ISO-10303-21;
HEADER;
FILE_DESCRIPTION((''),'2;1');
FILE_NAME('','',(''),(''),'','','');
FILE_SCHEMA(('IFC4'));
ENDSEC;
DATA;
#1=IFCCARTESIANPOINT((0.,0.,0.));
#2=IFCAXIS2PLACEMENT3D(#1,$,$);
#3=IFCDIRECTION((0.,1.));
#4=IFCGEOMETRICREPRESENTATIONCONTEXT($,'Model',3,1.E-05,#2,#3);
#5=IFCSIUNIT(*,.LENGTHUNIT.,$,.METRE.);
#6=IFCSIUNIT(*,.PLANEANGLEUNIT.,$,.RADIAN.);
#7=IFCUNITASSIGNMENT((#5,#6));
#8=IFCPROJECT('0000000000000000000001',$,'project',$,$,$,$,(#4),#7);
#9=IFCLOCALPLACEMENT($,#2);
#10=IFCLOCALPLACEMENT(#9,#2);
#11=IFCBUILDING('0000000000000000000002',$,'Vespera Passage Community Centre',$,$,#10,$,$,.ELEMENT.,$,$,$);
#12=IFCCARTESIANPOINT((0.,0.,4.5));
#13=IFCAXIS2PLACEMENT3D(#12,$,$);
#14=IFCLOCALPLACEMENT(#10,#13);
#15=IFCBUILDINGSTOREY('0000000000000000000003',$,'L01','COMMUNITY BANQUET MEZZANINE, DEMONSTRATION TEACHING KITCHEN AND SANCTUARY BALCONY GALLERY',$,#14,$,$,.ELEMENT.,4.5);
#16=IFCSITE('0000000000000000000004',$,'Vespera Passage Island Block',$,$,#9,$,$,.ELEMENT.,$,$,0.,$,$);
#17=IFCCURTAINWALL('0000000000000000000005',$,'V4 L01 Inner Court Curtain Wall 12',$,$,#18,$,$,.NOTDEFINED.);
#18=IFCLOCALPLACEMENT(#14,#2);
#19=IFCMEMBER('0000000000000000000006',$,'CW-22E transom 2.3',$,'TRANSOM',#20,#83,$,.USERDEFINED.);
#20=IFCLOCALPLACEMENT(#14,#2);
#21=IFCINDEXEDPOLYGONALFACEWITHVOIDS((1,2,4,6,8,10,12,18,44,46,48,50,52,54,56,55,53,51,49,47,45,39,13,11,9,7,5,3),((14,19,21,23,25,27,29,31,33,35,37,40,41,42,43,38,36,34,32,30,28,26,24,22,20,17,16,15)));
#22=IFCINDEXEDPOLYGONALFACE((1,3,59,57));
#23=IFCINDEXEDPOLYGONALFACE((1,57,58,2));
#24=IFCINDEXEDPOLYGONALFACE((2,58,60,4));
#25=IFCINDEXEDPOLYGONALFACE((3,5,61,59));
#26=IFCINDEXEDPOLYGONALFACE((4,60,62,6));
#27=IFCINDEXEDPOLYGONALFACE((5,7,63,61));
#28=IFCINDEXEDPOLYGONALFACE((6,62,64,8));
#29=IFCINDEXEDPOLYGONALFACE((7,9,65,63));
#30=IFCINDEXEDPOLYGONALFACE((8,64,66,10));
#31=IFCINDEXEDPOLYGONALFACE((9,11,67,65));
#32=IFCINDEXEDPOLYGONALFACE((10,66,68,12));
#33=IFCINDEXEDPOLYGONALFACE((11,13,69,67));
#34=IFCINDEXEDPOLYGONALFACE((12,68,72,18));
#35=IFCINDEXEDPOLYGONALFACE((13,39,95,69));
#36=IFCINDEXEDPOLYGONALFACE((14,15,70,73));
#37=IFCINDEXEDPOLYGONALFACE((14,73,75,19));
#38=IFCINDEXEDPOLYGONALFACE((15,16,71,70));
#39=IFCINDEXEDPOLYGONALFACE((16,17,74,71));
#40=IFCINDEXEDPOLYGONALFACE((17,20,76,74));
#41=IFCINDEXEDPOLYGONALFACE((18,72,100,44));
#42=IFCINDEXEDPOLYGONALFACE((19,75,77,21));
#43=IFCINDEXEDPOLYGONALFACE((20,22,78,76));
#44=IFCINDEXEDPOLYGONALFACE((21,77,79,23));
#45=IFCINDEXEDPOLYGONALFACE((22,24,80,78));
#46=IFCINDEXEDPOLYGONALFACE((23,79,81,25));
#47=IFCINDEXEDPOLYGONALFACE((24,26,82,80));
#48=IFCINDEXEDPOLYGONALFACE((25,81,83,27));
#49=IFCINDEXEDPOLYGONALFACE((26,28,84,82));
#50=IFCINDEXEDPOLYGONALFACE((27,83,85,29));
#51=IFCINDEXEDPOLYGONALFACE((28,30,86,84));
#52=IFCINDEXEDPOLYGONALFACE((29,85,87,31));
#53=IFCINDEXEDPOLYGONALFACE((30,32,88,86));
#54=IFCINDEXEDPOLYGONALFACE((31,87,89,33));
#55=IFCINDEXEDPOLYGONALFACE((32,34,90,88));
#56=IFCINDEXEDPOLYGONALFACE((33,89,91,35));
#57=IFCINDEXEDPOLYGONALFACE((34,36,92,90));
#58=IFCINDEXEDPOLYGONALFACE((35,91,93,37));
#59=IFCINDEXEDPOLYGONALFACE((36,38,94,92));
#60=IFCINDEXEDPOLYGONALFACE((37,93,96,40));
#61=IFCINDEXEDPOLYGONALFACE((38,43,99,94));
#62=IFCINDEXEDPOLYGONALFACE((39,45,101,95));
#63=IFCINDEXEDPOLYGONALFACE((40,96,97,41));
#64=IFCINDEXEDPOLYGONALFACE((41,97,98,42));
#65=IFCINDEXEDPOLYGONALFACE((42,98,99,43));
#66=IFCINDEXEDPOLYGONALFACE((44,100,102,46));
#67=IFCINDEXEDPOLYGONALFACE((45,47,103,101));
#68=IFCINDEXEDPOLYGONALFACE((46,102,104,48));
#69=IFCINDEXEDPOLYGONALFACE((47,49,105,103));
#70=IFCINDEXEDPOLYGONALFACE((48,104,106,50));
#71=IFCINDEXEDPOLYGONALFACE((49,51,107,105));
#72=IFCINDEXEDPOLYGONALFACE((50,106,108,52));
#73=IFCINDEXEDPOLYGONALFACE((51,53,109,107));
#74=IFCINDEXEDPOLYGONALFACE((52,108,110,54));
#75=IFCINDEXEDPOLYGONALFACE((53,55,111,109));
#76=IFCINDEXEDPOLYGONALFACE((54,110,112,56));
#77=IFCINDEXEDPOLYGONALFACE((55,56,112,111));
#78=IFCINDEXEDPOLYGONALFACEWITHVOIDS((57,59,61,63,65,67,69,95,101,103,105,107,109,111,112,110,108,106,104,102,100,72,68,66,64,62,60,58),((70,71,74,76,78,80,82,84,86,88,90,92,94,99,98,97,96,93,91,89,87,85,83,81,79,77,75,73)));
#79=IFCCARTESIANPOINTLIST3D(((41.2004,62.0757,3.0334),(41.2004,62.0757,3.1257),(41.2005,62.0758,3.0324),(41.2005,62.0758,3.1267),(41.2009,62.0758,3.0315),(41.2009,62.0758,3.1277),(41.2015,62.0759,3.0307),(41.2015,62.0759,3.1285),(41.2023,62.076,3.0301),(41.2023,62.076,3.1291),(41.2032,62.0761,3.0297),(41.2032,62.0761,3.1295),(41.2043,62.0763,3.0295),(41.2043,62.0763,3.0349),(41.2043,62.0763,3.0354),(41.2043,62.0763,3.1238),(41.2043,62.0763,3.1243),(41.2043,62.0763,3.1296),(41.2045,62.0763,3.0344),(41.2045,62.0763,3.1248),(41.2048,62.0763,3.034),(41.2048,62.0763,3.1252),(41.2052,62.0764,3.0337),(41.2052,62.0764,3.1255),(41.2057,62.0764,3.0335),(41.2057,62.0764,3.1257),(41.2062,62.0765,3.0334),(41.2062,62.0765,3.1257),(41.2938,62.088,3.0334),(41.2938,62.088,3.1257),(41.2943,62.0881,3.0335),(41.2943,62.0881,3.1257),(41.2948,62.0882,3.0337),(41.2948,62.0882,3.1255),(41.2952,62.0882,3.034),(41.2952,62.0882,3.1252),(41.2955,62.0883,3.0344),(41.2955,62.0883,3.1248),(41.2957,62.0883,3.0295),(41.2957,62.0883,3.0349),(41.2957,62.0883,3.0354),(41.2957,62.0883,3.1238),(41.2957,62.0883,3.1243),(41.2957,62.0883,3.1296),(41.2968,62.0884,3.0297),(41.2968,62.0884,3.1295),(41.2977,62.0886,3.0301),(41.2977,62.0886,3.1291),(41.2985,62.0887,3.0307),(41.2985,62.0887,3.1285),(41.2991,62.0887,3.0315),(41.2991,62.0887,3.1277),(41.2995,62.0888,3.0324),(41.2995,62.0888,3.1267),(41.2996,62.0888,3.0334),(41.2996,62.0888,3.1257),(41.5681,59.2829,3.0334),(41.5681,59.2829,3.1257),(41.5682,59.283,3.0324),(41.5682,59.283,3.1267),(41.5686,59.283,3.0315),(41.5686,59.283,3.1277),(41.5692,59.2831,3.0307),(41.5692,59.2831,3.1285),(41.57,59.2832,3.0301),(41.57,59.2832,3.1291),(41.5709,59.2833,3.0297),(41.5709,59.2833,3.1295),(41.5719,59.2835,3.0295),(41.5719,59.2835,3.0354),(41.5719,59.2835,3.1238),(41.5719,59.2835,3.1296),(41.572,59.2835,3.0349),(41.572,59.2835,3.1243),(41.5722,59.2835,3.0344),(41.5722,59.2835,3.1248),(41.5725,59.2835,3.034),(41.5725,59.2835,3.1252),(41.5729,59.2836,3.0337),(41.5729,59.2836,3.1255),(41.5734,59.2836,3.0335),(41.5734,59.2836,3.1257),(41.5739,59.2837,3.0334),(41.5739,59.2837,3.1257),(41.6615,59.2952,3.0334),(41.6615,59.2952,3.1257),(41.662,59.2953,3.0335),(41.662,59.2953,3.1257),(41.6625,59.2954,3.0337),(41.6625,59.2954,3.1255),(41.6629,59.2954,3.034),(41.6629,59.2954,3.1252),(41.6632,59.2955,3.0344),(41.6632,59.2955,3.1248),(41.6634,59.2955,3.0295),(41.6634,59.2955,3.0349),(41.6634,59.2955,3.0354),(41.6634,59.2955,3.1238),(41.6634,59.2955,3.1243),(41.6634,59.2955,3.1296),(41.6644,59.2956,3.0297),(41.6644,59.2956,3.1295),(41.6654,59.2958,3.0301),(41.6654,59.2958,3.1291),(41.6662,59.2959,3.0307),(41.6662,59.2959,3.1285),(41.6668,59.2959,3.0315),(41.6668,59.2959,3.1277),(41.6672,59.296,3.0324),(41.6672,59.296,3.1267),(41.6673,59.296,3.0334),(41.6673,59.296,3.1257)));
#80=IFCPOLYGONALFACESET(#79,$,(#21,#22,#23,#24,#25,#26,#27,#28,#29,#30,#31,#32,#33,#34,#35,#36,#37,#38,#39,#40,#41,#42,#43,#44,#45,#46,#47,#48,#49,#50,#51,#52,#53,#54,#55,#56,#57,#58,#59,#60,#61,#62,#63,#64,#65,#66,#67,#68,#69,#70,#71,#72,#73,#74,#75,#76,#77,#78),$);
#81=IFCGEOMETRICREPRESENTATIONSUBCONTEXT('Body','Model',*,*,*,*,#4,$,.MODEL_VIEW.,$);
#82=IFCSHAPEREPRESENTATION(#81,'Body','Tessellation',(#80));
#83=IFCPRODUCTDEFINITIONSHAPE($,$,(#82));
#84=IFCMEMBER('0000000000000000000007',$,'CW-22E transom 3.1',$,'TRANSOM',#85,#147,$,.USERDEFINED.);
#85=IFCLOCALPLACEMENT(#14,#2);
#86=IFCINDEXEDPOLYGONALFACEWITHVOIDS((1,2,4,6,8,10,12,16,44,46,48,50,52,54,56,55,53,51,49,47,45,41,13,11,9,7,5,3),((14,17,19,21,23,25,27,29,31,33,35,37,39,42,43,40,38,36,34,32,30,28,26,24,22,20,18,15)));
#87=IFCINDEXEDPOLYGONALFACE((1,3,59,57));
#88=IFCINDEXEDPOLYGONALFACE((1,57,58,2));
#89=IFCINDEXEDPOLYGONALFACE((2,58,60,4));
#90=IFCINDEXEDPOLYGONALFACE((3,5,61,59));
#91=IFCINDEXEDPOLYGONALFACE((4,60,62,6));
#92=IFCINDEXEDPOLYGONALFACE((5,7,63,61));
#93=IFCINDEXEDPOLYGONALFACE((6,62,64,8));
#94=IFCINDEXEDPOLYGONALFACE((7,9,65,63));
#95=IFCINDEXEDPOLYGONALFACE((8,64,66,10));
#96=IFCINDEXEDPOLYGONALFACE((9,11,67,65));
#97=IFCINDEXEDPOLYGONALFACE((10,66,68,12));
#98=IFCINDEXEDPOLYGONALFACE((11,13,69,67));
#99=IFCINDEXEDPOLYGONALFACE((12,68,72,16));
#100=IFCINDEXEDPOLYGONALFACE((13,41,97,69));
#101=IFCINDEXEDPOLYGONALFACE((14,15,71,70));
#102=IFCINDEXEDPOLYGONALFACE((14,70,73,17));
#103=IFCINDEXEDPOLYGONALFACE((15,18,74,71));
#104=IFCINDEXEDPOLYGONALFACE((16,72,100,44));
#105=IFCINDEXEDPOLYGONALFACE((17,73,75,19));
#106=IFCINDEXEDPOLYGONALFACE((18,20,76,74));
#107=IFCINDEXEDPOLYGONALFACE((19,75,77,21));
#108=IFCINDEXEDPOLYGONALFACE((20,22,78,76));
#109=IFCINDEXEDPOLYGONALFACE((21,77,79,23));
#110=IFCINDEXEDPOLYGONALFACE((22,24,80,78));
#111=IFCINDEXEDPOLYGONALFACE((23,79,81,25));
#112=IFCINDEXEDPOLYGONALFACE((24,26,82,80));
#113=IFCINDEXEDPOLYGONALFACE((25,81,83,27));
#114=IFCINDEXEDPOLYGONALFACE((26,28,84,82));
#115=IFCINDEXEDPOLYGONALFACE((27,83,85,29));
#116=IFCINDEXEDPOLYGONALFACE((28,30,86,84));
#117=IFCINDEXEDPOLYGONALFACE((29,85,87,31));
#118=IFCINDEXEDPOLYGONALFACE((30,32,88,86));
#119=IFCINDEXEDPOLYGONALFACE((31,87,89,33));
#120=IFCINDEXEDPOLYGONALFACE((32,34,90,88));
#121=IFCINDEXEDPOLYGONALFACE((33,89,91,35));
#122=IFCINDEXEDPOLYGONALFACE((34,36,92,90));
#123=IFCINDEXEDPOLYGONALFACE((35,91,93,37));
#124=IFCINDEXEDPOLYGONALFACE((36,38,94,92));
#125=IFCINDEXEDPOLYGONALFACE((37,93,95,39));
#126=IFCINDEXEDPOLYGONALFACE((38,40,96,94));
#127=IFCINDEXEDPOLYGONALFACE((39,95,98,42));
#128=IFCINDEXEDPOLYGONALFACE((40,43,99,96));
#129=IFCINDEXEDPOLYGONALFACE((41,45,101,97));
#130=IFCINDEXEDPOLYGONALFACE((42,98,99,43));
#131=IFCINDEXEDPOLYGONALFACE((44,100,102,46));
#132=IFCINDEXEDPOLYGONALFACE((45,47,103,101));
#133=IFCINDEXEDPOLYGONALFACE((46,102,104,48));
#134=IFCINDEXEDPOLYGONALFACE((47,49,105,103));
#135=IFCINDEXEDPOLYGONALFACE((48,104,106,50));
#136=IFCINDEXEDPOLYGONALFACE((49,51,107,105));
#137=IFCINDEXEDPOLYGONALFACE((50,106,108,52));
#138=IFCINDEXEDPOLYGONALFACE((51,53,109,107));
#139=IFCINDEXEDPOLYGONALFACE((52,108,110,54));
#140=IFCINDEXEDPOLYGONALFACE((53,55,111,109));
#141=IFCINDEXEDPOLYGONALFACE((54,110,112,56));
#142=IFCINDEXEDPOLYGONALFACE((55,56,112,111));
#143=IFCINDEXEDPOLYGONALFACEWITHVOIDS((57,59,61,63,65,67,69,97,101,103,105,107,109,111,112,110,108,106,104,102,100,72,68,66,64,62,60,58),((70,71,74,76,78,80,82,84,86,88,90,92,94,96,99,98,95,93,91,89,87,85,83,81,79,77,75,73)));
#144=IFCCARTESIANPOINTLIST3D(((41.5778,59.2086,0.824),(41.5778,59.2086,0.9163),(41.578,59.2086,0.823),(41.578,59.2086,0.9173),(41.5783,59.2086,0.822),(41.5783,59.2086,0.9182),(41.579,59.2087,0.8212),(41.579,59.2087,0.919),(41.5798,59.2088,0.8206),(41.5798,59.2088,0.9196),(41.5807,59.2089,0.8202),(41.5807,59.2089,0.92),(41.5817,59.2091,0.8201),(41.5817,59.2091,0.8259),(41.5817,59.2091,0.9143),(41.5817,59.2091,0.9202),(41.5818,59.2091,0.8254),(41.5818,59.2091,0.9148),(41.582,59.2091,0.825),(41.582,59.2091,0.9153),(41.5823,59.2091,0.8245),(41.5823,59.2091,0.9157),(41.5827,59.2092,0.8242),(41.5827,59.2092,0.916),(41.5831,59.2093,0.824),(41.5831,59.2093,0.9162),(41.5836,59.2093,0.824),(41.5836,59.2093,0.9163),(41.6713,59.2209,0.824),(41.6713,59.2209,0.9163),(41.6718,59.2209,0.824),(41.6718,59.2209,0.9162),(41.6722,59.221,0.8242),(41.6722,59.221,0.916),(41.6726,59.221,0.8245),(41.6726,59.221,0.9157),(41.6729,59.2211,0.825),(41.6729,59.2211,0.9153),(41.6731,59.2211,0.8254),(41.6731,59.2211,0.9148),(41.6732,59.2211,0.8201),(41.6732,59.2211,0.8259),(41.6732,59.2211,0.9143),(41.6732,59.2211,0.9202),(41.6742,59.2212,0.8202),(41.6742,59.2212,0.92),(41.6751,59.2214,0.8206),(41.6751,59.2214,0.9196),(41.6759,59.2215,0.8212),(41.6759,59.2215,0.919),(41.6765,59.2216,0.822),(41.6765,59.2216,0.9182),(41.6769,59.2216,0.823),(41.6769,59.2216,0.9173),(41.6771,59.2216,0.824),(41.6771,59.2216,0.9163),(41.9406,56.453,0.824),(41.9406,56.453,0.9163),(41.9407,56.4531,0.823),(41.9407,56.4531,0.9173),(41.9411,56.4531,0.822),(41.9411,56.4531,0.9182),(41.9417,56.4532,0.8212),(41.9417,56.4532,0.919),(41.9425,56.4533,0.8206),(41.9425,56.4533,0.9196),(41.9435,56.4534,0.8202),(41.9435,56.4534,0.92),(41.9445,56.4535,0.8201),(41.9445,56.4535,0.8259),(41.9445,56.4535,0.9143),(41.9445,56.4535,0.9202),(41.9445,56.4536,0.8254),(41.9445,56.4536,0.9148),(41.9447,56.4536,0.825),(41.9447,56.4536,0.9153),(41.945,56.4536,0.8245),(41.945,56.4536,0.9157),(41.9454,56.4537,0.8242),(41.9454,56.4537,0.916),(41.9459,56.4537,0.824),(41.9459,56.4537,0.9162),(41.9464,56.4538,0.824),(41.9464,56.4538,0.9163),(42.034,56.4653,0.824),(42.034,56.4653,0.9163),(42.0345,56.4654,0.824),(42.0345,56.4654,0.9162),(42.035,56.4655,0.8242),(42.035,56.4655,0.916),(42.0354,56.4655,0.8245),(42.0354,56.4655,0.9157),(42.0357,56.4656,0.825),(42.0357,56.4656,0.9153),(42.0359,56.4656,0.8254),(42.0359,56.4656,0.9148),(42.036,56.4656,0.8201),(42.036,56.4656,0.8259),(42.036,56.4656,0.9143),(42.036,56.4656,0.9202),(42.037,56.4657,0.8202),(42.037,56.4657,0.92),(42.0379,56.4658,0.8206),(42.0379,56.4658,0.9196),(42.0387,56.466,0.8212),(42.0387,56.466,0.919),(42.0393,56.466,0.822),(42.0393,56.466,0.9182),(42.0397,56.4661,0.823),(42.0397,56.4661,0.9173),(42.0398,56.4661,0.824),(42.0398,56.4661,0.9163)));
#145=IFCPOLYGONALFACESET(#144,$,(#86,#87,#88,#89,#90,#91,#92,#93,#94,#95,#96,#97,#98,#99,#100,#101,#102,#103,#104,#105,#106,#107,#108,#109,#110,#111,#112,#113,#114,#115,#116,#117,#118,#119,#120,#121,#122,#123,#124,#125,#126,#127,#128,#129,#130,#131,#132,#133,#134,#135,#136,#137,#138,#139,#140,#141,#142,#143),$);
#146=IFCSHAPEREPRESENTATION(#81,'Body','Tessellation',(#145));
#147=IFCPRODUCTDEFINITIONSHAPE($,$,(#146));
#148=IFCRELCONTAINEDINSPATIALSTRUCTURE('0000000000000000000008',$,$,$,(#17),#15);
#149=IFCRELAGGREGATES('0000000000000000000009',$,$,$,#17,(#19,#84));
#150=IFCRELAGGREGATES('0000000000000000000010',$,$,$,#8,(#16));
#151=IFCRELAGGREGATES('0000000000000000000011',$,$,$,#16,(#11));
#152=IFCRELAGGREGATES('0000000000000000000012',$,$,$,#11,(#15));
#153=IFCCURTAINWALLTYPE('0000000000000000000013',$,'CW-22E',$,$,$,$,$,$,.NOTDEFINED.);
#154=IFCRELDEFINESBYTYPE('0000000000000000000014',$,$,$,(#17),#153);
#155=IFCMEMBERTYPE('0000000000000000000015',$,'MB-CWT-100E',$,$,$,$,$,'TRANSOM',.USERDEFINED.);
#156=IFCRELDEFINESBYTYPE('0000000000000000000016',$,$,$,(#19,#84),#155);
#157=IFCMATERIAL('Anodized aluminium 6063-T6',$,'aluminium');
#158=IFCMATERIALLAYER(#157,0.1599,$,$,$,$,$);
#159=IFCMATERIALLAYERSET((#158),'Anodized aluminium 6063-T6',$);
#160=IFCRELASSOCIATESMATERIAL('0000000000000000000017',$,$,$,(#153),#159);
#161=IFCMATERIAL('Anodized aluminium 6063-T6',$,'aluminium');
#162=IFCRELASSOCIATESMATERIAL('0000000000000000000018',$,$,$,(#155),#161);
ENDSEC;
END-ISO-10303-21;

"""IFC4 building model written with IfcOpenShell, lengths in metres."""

from ifc_helpers import new_model, si_unit, direction, frame, origin, origin_2d, place, context, subcontext, project, spatial, hollow_rectangle, extrude, material, layer, layer_set, material_profile, profile_set, type_object, element, aggregate, save


model = new_model("IFC4")

# Units and contexts
model_context = context("Model", 3, precision=1e-05, world=origin(), true_north=direction((0.0, 1.0)))
body_context = subcontext(model_context, "Body", "Model", "MODEL_VIEW")
ifc_project = project(units=[si_unit("LENGTHUNIT", "METRE"), si_unit("PLANEANGLEUNIT", "RADIAN")], contexts=[model_context])

# Site, building, storey
site_placement = place(None, origin())
site = spatial("IfcSite", under=ifc_project, at=site_placement, Name="Vespera Passage Island Block", CompositionType="ELEMENT", RefElevation=0.0)
building_placement = place(site_placement, origin())
building = spatial("IfcBuilding", under=site, at=building_placement, Name="Vespera Passage Community Centre", CompositionType="ELEMENT")
storey_placement = place(building_placement, frame((0.0, 0.0, 4.5)))
storey = spatial("IfcBuildingStorey", under=building, at=storey_placement, Name="L01", Description="COMMUNITY BANQUET MEZZANINE, DEMONSTRATION TEACHING KITCHEN AND SANCTUARY BALCONY GALLERY", CompositionType="ELEMENT", Elevation=4.5)

# Curtain wall
ifc_material_1 = material(Name="Anodized aluminium 6063-T6", Category="aluminium")
ifc_layer_1 = layer(ifc_material_1, 0.1599)
ifc_layer_set_1 = layer_set([ifc_layer_1], Name="Anodized aluminium 6063-T6")
curtain_wall_type_1 = type_object("IfcCurtainWallType", Name="CW-22E", PredefinedType="NOTDEFINED", material=ifc_layer_set_1)
curtain_wall_1_placement = place(storey_placement, origin())
curtain_wall_1 = element("IfcCurtainWall", 1, at=curtain_wall_1_placement, inside=storey, type_object=curtain_wall_type_1, Name="V4 L01 Inner Court Curtain Wall 12", PredefinedType="NOTDEFINED")

# Members
ifc_material_2 = material(Name="Anodized aluminium 6063-T6", Category="aluminium")
ifc_material_profile_1 = material_profile(ifc_material_2, hollow_rectangle(XDim=0.1001, YDim=0.1001, WallThickness=0.0039, InnerFilletRadius=0.002, OuterFilletRadius=0.0039, at=origin_2d()), Name="ALU100X100X4")
ifc_profile_set_1 = profile_set([ifc_material_profile_1], Name="Anodized aluminium 6063-T6")
member_type_1 = type_object("IfcMemberType", Name="MB-CWT-100E", ElementType="TRANSOM", PredefinedType="USERDEFINED", material=ifc_profile_set_1)
member_1_placement = place(storey_placement, frame((41.25, 62.0823, 3.0796), z_axis=(0.130528, -0.991445, 0.0), x_axis=(0.991445, 0.130528, 0.0)))
member_1 = element("IfcMember", 2, at=member_1_placement, type_object=member_type_1, Name="CW-22E transom 2.3", ObjectType="TRANSOM", PredefinedType="USERDEFINED", context=body_context, shape_type="SweptSolid", body=[
    extrude(hollow_rectangle(XDim=0.1001, YDim=0.1001, WallThickness=0.0039, InnerFilletRadius=0.002, OuterFilletRadius=0.0039, at=origin_2d()), origin(), (0.0, 0.0, 1.0), 2.8169),
])
member_2_placement = place(storey_placement, frame((41.6274, 59.2151, 0.8701), z_axis=(0.130529, -0.991444, 0.0), x_axis=(0.991444, 0.130529, 0.0)))
member_2 = element("IfcMember", 3, at=member_2_placement, type_object=member_type_1, Name="CW-22E transom 3.1", ObjectType="TRANSOM", PredefinedType="USERDEFINED", context=body_context, shape_type="SweptSolid", body=[
    extrude(hollow_rectangle(XDim=0.1001, YDim=0.1001, WallThickness=0.0039, InnerFilletRadius=0.002, OuterFilletRadius=0.0039, at=origin_2d()), origin(), (0.0, 0.0, 1.0), 2.7793),
])

aggregate(curtain_wall_1, [member_1, member_2])

save(model, "model.ifc")
